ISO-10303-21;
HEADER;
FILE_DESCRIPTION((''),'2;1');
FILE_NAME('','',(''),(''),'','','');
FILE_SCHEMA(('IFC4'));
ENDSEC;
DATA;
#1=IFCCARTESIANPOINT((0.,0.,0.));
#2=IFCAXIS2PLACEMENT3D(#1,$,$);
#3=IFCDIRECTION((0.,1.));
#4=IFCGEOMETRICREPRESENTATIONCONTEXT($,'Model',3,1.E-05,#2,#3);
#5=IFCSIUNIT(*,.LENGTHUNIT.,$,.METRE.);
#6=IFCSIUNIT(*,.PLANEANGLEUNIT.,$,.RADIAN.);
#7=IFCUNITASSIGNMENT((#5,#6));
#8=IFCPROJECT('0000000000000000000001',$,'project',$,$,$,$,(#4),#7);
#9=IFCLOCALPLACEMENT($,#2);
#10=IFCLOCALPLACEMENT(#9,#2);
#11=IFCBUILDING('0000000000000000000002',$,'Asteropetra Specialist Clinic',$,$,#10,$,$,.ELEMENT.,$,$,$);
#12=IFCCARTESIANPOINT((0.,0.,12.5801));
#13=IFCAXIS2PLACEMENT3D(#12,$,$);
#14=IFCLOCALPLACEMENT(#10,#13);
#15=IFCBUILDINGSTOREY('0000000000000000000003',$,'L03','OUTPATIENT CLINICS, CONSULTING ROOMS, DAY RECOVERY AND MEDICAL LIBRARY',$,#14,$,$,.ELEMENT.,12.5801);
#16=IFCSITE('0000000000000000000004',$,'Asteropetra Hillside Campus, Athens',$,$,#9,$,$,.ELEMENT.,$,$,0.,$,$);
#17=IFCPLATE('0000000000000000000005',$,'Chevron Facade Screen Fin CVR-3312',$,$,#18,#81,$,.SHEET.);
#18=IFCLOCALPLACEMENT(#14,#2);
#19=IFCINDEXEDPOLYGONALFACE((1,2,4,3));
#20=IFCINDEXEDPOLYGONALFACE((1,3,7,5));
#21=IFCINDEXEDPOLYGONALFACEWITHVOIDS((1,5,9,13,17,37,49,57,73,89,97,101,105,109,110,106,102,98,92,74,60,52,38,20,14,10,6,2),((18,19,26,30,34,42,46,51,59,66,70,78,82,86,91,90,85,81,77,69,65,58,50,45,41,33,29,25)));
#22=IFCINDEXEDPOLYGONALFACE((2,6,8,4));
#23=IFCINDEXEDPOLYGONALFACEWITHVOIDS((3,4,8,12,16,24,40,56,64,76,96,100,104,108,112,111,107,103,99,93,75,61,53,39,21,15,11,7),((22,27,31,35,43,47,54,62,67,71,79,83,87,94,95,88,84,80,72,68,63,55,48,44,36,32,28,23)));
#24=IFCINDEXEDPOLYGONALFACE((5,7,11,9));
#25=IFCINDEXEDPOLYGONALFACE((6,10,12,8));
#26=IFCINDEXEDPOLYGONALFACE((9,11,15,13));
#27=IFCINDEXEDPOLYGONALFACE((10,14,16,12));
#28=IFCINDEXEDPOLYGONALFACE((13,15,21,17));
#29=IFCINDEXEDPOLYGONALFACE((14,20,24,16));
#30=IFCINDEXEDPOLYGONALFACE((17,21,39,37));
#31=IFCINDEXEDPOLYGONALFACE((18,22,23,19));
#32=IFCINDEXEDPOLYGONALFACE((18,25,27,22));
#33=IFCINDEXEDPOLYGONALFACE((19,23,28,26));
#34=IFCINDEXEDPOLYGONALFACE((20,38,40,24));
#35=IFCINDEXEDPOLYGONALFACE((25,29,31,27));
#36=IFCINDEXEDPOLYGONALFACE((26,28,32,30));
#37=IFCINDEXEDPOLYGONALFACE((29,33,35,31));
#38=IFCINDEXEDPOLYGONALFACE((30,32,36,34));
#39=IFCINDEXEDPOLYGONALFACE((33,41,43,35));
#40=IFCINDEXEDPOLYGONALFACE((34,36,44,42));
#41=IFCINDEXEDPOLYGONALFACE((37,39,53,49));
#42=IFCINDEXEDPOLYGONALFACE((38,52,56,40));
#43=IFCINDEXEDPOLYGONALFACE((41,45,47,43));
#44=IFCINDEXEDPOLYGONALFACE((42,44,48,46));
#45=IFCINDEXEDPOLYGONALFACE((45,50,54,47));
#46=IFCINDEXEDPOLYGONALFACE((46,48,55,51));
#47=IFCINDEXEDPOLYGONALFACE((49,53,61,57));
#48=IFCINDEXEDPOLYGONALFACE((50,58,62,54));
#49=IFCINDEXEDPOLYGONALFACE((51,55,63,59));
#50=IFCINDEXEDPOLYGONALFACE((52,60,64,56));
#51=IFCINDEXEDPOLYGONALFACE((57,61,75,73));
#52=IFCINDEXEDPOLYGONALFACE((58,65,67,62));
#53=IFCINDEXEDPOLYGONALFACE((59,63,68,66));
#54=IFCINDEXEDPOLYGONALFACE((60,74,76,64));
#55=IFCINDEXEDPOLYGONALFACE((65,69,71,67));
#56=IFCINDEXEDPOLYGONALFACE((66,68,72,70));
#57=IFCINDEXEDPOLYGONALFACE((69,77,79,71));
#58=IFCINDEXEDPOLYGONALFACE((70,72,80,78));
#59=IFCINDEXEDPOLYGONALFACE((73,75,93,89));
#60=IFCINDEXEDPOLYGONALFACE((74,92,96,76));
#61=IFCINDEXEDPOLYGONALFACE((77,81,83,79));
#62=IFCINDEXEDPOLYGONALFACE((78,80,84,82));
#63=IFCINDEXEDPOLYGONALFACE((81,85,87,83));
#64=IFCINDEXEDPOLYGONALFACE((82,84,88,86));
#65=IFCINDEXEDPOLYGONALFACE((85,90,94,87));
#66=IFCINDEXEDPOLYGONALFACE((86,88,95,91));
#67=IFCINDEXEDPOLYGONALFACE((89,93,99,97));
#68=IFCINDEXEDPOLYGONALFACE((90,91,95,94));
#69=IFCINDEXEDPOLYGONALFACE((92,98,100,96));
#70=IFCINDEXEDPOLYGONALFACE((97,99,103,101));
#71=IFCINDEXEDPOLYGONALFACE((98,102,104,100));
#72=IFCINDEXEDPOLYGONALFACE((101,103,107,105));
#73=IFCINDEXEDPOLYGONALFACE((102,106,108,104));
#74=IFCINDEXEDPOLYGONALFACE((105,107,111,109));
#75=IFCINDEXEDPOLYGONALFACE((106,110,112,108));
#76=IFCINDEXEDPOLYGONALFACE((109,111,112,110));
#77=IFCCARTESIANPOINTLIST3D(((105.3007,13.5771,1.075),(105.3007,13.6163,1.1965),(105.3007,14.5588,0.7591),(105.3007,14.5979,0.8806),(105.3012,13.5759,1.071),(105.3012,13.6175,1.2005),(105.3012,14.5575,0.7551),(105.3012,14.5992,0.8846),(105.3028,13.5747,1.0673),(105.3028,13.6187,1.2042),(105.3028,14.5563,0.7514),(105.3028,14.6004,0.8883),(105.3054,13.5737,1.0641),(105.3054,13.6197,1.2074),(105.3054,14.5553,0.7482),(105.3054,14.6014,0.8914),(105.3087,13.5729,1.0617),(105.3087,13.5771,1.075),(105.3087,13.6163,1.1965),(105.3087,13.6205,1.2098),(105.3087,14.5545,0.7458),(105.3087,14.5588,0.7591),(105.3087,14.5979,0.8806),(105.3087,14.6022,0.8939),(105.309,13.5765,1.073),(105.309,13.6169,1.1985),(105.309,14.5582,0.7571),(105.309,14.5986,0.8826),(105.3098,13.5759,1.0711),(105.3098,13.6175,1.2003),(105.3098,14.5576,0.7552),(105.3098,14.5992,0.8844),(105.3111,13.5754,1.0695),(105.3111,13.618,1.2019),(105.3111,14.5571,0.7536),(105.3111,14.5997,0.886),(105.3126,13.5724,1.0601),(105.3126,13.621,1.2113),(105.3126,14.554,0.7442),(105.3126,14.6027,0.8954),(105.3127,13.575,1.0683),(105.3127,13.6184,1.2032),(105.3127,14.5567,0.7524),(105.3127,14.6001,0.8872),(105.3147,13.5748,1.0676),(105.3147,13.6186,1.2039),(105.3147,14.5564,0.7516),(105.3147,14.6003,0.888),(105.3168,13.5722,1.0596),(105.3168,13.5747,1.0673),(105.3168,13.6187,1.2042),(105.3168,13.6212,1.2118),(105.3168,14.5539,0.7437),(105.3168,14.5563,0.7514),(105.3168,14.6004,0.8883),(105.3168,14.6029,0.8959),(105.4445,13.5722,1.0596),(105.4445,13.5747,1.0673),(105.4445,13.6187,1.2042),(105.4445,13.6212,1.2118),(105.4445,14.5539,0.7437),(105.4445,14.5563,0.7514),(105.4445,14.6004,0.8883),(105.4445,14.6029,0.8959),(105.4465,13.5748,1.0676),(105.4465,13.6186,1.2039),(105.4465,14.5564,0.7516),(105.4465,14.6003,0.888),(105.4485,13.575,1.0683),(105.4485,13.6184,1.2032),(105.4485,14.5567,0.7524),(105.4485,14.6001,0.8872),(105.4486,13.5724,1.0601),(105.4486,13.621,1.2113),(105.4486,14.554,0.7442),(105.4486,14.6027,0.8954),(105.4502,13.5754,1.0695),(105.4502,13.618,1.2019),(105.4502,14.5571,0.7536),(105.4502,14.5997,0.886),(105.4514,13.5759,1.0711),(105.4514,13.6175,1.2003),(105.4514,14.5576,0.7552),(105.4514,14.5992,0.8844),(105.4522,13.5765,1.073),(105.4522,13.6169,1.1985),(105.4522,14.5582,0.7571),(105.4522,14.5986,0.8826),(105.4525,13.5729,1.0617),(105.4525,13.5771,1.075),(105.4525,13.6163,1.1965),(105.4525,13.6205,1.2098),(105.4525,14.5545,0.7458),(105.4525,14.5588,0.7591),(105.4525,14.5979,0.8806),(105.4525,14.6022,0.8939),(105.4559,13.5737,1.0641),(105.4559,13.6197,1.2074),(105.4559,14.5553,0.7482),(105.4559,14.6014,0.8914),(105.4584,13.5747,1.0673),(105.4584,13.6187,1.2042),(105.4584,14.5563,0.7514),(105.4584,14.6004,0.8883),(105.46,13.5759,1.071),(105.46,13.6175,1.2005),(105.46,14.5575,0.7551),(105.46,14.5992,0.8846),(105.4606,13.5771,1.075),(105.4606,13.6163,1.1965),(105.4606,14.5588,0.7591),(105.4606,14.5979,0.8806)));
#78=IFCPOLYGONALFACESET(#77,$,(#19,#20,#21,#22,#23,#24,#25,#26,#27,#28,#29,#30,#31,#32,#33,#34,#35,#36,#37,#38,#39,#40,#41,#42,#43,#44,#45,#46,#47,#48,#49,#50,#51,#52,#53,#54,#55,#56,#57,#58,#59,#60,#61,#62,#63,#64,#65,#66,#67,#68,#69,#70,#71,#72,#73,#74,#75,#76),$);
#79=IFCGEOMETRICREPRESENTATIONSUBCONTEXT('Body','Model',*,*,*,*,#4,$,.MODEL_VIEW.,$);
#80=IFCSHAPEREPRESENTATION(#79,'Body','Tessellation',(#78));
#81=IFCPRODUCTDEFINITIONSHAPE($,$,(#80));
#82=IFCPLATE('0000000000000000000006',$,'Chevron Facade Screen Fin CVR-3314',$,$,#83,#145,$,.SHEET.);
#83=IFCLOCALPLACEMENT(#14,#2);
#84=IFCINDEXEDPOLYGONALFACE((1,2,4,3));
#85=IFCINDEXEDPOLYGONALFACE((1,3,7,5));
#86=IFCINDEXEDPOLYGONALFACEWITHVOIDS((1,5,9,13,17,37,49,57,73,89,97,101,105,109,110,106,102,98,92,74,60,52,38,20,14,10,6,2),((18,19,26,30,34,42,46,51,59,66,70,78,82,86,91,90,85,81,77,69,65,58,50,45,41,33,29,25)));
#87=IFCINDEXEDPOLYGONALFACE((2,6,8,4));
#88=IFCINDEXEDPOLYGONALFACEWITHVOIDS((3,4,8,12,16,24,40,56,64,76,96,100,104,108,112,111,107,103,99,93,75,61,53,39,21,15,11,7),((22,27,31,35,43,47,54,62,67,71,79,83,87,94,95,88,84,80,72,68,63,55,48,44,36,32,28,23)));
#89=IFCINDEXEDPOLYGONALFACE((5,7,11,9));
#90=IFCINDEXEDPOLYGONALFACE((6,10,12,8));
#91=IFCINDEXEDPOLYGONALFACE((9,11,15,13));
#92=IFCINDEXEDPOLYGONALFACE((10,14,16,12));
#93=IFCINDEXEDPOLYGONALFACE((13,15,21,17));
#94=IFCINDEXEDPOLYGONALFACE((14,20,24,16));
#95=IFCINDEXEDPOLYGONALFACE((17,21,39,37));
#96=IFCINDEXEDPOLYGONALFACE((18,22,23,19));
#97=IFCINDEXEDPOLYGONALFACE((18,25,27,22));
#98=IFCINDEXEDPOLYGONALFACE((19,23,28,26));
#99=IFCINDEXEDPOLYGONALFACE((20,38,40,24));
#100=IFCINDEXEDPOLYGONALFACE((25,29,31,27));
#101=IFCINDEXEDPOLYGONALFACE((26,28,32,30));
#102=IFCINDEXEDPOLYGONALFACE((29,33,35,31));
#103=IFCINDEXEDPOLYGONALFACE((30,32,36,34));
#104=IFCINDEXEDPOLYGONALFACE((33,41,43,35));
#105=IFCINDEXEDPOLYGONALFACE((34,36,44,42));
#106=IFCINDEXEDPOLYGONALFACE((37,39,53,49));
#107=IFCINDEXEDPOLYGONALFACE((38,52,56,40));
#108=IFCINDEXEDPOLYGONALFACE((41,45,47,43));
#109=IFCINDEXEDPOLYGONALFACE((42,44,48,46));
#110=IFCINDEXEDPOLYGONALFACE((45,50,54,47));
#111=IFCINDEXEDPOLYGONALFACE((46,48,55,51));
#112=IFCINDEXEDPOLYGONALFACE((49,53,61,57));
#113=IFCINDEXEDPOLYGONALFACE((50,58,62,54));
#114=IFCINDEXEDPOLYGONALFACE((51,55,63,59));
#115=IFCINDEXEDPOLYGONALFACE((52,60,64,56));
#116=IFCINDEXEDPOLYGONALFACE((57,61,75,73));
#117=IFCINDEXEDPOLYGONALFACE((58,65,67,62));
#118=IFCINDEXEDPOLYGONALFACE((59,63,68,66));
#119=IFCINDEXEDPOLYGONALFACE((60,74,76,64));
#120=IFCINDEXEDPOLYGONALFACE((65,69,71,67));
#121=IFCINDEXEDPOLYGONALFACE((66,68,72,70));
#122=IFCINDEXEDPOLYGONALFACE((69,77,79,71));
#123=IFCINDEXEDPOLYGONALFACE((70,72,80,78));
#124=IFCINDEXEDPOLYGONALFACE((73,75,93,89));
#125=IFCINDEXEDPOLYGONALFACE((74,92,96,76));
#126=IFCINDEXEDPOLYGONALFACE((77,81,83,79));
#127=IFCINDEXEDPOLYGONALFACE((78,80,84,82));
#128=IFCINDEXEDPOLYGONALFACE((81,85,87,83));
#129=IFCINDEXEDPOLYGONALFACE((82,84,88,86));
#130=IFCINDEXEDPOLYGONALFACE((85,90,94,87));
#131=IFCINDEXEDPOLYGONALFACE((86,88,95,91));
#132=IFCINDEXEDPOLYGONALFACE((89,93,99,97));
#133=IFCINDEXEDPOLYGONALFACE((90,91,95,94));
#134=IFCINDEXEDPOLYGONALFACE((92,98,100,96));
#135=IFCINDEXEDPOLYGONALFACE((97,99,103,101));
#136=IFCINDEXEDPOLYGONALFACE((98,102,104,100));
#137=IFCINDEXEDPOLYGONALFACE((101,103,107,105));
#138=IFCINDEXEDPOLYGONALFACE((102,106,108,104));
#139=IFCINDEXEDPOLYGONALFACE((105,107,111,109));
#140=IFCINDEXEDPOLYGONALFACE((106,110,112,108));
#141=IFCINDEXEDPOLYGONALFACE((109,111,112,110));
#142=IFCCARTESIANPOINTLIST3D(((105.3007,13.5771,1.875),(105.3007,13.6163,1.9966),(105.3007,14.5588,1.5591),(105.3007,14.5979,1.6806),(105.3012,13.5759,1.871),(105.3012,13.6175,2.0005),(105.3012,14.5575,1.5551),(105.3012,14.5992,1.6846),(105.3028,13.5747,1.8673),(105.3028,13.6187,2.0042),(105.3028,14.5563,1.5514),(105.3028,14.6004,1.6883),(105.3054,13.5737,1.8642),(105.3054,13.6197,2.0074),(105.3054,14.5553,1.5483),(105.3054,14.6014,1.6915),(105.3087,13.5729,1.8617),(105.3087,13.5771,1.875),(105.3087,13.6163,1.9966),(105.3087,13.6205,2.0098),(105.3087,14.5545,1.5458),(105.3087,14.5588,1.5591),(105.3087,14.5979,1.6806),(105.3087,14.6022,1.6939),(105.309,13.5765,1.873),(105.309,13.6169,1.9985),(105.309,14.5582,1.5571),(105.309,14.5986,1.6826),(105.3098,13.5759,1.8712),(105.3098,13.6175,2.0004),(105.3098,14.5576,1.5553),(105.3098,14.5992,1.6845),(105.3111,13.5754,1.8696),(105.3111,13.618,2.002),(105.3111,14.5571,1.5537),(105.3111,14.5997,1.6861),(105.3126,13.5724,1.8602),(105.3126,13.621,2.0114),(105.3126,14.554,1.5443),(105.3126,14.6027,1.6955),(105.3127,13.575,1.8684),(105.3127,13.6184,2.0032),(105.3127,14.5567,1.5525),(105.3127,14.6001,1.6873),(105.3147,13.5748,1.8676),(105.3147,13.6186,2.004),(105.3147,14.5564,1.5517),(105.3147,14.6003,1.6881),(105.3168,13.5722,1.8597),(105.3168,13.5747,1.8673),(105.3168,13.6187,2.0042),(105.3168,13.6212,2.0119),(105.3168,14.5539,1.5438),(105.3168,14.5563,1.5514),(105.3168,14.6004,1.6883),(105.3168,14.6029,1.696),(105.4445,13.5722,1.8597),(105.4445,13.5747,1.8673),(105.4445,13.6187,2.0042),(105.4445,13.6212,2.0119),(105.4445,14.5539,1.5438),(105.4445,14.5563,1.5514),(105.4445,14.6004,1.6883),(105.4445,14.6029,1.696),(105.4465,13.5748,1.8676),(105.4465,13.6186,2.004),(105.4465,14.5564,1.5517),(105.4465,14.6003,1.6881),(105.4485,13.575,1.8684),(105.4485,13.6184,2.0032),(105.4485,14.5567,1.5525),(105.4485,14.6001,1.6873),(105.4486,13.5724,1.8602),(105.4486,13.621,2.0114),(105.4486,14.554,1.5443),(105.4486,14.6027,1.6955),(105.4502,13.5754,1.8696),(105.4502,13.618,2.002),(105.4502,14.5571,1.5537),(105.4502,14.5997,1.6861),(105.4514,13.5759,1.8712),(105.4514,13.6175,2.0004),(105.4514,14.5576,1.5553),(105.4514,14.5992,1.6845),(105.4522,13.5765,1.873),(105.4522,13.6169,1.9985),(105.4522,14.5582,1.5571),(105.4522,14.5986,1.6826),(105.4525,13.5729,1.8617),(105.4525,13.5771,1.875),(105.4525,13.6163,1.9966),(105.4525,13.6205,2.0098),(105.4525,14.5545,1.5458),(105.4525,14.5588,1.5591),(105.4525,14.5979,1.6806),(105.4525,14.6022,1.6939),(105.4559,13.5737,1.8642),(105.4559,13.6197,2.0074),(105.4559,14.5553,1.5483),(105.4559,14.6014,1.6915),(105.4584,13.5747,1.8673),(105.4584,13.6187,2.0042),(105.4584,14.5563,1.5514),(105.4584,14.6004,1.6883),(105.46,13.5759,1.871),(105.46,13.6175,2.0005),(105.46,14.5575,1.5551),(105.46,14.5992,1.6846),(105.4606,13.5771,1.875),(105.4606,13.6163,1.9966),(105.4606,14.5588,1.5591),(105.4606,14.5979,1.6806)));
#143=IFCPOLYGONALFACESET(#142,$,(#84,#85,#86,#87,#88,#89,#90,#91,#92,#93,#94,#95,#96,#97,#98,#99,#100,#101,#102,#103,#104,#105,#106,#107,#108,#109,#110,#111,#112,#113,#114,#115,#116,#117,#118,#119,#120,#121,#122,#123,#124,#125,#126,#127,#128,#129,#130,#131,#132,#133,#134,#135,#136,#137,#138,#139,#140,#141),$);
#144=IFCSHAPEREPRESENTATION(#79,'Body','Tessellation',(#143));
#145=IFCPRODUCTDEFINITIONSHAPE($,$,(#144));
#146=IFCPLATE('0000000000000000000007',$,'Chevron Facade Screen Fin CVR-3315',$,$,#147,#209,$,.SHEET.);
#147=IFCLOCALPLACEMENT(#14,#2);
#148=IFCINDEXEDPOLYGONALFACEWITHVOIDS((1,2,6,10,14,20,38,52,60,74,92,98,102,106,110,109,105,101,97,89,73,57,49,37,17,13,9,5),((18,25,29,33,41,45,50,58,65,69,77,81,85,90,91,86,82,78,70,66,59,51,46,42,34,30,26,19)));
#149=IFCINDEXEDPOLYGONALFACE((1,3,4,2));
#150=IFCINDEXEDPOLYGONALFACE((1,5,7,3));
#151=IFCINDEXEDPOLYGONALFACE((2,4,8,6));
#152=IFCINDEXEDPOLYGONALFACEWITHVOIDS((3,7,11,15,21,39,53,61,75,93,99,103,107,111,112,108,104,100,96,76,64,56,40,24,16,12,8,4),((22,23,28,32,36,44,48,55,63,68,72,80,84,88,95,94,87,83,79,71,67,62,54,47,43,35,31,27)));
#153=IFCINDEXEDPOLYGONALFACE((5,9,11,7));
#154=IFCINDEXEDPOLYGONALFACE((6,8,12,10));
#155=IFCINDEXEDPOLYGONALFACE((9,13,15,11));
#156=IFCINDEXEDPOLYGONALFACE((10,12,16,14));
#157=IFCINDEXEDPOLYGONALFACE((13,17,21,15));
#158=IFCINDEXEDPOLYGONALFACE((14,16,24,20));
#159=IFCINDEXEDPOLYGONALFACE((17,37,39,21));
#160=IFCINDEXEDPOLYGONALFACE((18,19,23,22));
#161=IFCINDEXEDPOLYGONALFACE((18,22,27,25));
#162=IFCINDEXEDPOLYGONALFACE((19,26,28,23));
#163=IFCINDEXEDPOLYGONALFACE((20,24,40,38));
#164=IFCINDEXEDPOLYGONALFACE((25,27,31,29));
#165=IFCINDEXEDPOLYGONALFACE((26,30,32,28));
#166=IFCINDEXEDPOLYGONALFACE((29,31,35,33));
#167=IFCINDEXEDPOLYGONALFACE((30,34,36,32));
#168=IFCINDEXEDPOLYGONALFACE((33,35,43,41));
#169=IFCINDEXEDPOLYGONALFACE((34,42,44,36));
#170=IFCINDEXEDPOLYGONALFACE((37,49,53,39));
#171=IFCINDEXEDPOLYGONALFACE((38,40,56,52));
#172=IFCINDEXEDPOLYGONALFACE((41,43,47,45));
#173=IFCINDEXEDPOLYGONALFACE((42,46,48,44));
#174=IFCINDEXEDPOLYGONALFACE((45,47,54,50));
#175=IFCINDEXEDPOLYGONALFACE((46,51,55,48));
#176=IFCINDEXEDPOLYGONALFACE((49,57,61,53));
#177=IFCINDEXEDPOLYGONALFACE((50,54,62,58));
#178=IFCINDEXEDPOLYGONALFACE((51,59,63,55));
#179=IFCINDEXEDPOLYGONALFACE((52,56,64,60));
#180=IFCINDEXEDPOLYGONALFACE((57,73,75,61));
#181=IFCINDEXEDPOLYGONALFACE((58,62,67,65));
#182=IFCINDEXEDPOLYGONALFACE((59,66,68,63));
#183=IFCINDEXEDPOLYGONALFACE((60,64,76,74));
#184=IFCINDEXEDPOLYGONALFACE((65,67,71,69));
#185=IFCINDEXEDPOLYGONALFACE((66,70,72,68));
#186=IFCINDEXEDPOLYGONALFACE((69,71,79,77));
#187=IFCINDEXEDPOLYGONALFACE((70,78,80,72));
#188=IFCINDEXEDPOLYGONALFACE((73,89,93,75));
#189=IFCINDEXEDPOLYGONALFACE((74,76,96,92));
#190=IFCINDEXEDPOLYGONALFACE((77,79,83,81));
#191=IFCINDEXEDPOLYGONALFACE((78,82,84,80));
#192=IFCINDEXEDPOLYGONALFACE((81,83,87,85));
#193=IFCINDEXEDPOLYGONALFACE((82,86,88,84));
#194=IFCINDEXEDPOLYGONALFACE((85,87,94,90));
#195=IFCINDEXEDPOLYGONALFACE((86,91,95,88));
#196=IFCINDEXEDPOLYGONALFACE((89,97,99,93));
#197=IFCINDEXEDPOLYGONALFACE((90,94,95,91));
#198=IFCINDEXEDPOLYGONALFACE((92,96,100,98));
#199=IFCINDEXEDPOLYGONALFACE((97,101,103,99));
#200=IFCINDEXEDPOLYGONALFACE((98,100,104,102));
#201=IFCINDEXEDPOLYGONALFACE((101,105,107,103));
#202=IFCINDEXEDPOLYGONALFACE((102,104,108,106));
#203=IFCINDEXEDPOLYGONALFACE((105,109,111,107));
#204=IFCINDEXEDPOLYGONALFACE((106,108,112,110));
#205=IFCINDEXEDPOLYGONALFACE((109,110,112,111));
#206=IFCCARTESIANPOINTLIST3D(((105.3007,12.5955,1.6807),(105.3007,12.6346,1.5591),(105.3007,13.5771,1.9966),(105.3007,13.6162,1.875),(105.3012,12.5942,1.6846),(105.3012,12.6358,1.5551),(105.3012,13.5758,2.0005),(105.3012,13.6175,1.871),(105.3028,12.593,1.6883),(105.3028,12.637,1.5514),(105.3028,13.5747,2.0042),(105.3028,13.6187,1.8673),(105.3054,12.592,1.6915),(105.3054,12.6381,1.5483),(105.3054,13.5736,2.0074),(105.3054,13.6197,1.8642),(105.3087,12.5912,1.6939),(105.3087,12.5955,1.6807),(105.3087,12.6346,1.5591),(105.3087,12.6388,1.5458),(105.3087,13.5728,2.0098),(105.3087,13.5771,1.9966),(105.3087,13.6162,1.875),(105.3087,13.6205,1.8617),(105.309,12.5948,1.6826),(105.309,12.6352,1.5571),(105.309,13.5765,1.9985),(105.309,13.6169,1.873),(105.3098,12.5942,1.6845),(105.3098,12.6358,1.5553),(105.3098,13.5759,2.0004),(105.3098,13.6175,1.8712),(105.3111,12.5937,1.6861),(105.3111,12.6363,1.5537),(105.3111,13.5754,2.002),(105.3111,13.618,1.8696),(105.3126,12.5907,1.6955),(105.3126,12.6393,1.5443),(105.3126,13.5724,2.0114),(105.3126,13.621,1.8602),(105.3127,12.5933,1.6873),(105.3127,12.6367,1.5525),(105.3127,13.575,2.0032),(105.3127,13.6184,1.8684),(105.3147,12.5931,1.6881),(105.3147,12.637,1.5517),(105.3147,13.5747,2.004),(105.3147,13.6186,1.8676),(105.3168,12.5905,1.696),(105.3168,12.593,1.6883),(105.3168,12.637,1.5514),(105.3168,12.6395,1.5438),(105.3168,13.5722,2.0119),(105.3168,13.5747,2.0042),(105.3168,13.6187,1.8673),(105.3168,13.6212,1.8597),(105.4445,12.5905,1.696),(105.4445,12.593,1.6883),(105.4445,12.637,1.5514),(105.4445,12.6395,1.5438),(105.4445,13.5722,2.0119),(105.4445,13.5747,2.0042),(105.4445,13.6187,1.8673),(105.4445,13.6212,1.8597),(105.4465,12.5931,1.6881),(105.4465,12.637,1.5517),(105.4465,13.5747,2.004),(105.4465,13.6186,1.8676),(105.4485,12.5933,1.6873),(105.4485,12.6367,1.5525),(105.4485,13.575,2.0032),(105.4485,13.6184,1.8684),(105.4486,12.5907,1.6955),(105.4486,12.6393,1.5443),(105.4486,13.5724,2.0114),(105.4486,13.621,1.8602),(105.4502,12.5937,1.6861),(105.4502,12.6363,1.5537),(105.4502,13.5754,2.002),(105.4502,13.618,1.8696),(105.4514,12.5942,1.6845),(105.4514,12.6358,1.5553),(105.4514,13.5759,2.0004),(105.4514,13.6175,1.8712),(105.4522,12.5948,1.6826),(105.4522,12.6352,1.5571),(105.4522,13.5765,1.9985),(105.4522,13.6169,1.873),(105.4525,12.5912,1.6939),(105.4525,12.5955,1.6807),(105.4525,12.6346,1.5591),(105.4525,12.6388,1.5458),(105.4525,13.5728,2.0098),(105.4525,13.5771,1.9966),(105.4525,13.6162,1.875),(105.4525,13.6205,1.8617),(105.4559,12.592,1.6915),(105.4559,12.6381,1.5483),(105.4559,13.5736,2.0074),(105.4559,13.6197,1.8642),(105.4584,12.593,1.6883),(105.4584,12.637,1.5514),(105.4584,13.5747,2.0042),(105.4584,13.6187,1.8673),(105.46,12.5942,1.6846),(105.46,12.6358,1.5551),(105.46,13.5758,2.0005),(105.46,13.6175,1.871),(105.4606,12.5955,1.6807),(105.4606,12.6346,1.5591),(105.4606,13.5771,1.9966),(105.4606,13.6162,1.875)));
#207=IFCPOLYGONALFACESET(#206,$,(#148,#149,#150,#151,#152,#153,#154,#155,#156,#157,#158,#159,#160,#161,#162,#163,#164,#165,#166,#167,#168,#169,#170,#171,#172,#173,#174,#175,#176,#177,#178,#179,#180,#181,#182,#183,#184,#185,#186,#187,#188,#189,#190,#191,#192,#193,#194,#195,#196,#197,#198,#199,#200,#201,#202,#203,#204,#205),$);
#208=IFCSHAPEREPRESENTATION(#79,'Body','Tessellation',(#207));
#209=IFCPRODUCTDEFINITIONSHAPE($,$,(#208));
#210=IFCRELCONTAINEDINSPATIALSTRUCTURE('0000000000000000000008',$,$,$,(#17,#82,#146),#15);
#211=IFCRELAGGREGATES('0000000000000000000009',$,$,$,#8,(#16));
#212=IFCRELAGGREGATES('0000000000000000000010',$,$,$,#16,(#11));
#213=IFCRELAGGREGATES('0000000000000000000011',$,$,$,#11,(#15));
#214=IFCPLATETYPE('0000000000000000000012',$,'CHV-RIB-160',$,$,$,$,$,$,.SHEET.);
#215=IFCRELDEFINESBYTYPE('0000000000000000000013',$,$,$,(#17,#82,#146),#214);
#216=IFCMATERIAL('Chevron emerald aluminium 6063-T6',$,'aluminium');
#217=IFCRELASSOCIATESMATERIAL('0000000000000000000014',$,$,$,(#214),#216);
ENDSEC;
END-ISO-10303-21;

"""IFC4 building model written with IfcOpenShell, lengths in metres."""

from ifc_helpers import new_model, si_unit, direction, frame, origin, origin_2d, place, context, subcontext, project, spatial, hollow_rectangle, extrude, material, material_profile, profile_set, type_object, element, save


model = new_model("IFC4")

# Units and contexts
model_context = context("Model", 3, precision=1e-05, world=origin(), true_north=direction((0.0, 1.0)))
body_context = subcontext(model_context, "Body", "Model", "MODEL_VIEW")
ifc_project = project(units=[si_unit("LENGTHUNIT", "METRE"), si_unit("PLANEANGLEUNIT", "RADIAN")], contexts=[model_context])

# Site, building, storey
site_placement = place(None, origin())
site = spatial("IfcSite", under=ifc_project, at=site_placement, Name="Asteropetra Hillside Campus, Athens", CompositionType="ELEMENT", RefElevation=0.0)
building_placement = place(site_placement, origin())
building = spatial("IfcBuilding", under=site, at=building_placement, Name="Asteropetra Specialist Clinic", CompositionType="ELEMENT")
storey_placement = place(building_placement, frame((0.0, 0.0, 12.5801)))
storey = spatial("IfcBuildingStorey", under=building, at=storey_placement, Name="L03", Description="OUTPATIENT CLINICS, CONSULTING ROOMS, DAY RECOVERY AND MEDICAL LIBRARY", CompositionType="ELEMENT", Elevation=12.5801)

# Plates
ifc_material_1 = material(Name="Chevron emerald aluminium 6063-T6", Category="aluminium")
ifc_material_profile = material_profile(ifc_material_1, hollow_rectangle(XDim=0.1599, YDim=0.1599, WallThickness=0.0081, InnerFilletRadius=0.0081, OuterFilletRadius=0.0161, at=origin_2d()), Name="SHS 160x160x8.0")
ifc_profile_set = profile_set([ifc_material_profile], Name="Chevron emerald aluminium 6063-T6")
plate_type_1 = type_object("IfcPlateType", Name="CHV-RIB-160", PredefinedType="SHEET", material=ifc_profile_set)
for number, where, z_axis, x_axis, name in (
    (1, (105.3806, 14.5784, 0.8198), (0.0, -0.951923, 0.306339), (1.0, 0.0, 0.0), "Chevron Facade Screen Fin CVR-3312"),
    (2, (105.3806, 14.5784, 1.6199), (0.0, -0.951923, 0.306339), (1.0, 0.0, 0.0), "Chevron Facade Screen Fin CVR-3314"),
    (3, (105.3806, 13.5967, 1.9358), (0.0, -0.951923, -0.306339), (1.0, 0.0, 0.0), "Chevron Facade Screen Fin CVR-3315"),
):
    element("IfcPlate", number, at=place(storey_placement, frame(where, z_axis=z_axis, x_axis=x_axis)), inside=storey, type_object=plate_type_1, Name=name, PredefinedType="SHEET", context=body_context, shape_type="SweptSolid", body=[
        extrude(hollow_rectangle(XDim=0.1599, YDim=0.1599, WallThickness=0.0081, InnerFilletRadius=0.0081, OuterFilletRadius=0.0161, at=origin_2d()), origin(), (0.0, 0.0, 1.0), 1.0312),
    ])

save(model, "model.ifc")
